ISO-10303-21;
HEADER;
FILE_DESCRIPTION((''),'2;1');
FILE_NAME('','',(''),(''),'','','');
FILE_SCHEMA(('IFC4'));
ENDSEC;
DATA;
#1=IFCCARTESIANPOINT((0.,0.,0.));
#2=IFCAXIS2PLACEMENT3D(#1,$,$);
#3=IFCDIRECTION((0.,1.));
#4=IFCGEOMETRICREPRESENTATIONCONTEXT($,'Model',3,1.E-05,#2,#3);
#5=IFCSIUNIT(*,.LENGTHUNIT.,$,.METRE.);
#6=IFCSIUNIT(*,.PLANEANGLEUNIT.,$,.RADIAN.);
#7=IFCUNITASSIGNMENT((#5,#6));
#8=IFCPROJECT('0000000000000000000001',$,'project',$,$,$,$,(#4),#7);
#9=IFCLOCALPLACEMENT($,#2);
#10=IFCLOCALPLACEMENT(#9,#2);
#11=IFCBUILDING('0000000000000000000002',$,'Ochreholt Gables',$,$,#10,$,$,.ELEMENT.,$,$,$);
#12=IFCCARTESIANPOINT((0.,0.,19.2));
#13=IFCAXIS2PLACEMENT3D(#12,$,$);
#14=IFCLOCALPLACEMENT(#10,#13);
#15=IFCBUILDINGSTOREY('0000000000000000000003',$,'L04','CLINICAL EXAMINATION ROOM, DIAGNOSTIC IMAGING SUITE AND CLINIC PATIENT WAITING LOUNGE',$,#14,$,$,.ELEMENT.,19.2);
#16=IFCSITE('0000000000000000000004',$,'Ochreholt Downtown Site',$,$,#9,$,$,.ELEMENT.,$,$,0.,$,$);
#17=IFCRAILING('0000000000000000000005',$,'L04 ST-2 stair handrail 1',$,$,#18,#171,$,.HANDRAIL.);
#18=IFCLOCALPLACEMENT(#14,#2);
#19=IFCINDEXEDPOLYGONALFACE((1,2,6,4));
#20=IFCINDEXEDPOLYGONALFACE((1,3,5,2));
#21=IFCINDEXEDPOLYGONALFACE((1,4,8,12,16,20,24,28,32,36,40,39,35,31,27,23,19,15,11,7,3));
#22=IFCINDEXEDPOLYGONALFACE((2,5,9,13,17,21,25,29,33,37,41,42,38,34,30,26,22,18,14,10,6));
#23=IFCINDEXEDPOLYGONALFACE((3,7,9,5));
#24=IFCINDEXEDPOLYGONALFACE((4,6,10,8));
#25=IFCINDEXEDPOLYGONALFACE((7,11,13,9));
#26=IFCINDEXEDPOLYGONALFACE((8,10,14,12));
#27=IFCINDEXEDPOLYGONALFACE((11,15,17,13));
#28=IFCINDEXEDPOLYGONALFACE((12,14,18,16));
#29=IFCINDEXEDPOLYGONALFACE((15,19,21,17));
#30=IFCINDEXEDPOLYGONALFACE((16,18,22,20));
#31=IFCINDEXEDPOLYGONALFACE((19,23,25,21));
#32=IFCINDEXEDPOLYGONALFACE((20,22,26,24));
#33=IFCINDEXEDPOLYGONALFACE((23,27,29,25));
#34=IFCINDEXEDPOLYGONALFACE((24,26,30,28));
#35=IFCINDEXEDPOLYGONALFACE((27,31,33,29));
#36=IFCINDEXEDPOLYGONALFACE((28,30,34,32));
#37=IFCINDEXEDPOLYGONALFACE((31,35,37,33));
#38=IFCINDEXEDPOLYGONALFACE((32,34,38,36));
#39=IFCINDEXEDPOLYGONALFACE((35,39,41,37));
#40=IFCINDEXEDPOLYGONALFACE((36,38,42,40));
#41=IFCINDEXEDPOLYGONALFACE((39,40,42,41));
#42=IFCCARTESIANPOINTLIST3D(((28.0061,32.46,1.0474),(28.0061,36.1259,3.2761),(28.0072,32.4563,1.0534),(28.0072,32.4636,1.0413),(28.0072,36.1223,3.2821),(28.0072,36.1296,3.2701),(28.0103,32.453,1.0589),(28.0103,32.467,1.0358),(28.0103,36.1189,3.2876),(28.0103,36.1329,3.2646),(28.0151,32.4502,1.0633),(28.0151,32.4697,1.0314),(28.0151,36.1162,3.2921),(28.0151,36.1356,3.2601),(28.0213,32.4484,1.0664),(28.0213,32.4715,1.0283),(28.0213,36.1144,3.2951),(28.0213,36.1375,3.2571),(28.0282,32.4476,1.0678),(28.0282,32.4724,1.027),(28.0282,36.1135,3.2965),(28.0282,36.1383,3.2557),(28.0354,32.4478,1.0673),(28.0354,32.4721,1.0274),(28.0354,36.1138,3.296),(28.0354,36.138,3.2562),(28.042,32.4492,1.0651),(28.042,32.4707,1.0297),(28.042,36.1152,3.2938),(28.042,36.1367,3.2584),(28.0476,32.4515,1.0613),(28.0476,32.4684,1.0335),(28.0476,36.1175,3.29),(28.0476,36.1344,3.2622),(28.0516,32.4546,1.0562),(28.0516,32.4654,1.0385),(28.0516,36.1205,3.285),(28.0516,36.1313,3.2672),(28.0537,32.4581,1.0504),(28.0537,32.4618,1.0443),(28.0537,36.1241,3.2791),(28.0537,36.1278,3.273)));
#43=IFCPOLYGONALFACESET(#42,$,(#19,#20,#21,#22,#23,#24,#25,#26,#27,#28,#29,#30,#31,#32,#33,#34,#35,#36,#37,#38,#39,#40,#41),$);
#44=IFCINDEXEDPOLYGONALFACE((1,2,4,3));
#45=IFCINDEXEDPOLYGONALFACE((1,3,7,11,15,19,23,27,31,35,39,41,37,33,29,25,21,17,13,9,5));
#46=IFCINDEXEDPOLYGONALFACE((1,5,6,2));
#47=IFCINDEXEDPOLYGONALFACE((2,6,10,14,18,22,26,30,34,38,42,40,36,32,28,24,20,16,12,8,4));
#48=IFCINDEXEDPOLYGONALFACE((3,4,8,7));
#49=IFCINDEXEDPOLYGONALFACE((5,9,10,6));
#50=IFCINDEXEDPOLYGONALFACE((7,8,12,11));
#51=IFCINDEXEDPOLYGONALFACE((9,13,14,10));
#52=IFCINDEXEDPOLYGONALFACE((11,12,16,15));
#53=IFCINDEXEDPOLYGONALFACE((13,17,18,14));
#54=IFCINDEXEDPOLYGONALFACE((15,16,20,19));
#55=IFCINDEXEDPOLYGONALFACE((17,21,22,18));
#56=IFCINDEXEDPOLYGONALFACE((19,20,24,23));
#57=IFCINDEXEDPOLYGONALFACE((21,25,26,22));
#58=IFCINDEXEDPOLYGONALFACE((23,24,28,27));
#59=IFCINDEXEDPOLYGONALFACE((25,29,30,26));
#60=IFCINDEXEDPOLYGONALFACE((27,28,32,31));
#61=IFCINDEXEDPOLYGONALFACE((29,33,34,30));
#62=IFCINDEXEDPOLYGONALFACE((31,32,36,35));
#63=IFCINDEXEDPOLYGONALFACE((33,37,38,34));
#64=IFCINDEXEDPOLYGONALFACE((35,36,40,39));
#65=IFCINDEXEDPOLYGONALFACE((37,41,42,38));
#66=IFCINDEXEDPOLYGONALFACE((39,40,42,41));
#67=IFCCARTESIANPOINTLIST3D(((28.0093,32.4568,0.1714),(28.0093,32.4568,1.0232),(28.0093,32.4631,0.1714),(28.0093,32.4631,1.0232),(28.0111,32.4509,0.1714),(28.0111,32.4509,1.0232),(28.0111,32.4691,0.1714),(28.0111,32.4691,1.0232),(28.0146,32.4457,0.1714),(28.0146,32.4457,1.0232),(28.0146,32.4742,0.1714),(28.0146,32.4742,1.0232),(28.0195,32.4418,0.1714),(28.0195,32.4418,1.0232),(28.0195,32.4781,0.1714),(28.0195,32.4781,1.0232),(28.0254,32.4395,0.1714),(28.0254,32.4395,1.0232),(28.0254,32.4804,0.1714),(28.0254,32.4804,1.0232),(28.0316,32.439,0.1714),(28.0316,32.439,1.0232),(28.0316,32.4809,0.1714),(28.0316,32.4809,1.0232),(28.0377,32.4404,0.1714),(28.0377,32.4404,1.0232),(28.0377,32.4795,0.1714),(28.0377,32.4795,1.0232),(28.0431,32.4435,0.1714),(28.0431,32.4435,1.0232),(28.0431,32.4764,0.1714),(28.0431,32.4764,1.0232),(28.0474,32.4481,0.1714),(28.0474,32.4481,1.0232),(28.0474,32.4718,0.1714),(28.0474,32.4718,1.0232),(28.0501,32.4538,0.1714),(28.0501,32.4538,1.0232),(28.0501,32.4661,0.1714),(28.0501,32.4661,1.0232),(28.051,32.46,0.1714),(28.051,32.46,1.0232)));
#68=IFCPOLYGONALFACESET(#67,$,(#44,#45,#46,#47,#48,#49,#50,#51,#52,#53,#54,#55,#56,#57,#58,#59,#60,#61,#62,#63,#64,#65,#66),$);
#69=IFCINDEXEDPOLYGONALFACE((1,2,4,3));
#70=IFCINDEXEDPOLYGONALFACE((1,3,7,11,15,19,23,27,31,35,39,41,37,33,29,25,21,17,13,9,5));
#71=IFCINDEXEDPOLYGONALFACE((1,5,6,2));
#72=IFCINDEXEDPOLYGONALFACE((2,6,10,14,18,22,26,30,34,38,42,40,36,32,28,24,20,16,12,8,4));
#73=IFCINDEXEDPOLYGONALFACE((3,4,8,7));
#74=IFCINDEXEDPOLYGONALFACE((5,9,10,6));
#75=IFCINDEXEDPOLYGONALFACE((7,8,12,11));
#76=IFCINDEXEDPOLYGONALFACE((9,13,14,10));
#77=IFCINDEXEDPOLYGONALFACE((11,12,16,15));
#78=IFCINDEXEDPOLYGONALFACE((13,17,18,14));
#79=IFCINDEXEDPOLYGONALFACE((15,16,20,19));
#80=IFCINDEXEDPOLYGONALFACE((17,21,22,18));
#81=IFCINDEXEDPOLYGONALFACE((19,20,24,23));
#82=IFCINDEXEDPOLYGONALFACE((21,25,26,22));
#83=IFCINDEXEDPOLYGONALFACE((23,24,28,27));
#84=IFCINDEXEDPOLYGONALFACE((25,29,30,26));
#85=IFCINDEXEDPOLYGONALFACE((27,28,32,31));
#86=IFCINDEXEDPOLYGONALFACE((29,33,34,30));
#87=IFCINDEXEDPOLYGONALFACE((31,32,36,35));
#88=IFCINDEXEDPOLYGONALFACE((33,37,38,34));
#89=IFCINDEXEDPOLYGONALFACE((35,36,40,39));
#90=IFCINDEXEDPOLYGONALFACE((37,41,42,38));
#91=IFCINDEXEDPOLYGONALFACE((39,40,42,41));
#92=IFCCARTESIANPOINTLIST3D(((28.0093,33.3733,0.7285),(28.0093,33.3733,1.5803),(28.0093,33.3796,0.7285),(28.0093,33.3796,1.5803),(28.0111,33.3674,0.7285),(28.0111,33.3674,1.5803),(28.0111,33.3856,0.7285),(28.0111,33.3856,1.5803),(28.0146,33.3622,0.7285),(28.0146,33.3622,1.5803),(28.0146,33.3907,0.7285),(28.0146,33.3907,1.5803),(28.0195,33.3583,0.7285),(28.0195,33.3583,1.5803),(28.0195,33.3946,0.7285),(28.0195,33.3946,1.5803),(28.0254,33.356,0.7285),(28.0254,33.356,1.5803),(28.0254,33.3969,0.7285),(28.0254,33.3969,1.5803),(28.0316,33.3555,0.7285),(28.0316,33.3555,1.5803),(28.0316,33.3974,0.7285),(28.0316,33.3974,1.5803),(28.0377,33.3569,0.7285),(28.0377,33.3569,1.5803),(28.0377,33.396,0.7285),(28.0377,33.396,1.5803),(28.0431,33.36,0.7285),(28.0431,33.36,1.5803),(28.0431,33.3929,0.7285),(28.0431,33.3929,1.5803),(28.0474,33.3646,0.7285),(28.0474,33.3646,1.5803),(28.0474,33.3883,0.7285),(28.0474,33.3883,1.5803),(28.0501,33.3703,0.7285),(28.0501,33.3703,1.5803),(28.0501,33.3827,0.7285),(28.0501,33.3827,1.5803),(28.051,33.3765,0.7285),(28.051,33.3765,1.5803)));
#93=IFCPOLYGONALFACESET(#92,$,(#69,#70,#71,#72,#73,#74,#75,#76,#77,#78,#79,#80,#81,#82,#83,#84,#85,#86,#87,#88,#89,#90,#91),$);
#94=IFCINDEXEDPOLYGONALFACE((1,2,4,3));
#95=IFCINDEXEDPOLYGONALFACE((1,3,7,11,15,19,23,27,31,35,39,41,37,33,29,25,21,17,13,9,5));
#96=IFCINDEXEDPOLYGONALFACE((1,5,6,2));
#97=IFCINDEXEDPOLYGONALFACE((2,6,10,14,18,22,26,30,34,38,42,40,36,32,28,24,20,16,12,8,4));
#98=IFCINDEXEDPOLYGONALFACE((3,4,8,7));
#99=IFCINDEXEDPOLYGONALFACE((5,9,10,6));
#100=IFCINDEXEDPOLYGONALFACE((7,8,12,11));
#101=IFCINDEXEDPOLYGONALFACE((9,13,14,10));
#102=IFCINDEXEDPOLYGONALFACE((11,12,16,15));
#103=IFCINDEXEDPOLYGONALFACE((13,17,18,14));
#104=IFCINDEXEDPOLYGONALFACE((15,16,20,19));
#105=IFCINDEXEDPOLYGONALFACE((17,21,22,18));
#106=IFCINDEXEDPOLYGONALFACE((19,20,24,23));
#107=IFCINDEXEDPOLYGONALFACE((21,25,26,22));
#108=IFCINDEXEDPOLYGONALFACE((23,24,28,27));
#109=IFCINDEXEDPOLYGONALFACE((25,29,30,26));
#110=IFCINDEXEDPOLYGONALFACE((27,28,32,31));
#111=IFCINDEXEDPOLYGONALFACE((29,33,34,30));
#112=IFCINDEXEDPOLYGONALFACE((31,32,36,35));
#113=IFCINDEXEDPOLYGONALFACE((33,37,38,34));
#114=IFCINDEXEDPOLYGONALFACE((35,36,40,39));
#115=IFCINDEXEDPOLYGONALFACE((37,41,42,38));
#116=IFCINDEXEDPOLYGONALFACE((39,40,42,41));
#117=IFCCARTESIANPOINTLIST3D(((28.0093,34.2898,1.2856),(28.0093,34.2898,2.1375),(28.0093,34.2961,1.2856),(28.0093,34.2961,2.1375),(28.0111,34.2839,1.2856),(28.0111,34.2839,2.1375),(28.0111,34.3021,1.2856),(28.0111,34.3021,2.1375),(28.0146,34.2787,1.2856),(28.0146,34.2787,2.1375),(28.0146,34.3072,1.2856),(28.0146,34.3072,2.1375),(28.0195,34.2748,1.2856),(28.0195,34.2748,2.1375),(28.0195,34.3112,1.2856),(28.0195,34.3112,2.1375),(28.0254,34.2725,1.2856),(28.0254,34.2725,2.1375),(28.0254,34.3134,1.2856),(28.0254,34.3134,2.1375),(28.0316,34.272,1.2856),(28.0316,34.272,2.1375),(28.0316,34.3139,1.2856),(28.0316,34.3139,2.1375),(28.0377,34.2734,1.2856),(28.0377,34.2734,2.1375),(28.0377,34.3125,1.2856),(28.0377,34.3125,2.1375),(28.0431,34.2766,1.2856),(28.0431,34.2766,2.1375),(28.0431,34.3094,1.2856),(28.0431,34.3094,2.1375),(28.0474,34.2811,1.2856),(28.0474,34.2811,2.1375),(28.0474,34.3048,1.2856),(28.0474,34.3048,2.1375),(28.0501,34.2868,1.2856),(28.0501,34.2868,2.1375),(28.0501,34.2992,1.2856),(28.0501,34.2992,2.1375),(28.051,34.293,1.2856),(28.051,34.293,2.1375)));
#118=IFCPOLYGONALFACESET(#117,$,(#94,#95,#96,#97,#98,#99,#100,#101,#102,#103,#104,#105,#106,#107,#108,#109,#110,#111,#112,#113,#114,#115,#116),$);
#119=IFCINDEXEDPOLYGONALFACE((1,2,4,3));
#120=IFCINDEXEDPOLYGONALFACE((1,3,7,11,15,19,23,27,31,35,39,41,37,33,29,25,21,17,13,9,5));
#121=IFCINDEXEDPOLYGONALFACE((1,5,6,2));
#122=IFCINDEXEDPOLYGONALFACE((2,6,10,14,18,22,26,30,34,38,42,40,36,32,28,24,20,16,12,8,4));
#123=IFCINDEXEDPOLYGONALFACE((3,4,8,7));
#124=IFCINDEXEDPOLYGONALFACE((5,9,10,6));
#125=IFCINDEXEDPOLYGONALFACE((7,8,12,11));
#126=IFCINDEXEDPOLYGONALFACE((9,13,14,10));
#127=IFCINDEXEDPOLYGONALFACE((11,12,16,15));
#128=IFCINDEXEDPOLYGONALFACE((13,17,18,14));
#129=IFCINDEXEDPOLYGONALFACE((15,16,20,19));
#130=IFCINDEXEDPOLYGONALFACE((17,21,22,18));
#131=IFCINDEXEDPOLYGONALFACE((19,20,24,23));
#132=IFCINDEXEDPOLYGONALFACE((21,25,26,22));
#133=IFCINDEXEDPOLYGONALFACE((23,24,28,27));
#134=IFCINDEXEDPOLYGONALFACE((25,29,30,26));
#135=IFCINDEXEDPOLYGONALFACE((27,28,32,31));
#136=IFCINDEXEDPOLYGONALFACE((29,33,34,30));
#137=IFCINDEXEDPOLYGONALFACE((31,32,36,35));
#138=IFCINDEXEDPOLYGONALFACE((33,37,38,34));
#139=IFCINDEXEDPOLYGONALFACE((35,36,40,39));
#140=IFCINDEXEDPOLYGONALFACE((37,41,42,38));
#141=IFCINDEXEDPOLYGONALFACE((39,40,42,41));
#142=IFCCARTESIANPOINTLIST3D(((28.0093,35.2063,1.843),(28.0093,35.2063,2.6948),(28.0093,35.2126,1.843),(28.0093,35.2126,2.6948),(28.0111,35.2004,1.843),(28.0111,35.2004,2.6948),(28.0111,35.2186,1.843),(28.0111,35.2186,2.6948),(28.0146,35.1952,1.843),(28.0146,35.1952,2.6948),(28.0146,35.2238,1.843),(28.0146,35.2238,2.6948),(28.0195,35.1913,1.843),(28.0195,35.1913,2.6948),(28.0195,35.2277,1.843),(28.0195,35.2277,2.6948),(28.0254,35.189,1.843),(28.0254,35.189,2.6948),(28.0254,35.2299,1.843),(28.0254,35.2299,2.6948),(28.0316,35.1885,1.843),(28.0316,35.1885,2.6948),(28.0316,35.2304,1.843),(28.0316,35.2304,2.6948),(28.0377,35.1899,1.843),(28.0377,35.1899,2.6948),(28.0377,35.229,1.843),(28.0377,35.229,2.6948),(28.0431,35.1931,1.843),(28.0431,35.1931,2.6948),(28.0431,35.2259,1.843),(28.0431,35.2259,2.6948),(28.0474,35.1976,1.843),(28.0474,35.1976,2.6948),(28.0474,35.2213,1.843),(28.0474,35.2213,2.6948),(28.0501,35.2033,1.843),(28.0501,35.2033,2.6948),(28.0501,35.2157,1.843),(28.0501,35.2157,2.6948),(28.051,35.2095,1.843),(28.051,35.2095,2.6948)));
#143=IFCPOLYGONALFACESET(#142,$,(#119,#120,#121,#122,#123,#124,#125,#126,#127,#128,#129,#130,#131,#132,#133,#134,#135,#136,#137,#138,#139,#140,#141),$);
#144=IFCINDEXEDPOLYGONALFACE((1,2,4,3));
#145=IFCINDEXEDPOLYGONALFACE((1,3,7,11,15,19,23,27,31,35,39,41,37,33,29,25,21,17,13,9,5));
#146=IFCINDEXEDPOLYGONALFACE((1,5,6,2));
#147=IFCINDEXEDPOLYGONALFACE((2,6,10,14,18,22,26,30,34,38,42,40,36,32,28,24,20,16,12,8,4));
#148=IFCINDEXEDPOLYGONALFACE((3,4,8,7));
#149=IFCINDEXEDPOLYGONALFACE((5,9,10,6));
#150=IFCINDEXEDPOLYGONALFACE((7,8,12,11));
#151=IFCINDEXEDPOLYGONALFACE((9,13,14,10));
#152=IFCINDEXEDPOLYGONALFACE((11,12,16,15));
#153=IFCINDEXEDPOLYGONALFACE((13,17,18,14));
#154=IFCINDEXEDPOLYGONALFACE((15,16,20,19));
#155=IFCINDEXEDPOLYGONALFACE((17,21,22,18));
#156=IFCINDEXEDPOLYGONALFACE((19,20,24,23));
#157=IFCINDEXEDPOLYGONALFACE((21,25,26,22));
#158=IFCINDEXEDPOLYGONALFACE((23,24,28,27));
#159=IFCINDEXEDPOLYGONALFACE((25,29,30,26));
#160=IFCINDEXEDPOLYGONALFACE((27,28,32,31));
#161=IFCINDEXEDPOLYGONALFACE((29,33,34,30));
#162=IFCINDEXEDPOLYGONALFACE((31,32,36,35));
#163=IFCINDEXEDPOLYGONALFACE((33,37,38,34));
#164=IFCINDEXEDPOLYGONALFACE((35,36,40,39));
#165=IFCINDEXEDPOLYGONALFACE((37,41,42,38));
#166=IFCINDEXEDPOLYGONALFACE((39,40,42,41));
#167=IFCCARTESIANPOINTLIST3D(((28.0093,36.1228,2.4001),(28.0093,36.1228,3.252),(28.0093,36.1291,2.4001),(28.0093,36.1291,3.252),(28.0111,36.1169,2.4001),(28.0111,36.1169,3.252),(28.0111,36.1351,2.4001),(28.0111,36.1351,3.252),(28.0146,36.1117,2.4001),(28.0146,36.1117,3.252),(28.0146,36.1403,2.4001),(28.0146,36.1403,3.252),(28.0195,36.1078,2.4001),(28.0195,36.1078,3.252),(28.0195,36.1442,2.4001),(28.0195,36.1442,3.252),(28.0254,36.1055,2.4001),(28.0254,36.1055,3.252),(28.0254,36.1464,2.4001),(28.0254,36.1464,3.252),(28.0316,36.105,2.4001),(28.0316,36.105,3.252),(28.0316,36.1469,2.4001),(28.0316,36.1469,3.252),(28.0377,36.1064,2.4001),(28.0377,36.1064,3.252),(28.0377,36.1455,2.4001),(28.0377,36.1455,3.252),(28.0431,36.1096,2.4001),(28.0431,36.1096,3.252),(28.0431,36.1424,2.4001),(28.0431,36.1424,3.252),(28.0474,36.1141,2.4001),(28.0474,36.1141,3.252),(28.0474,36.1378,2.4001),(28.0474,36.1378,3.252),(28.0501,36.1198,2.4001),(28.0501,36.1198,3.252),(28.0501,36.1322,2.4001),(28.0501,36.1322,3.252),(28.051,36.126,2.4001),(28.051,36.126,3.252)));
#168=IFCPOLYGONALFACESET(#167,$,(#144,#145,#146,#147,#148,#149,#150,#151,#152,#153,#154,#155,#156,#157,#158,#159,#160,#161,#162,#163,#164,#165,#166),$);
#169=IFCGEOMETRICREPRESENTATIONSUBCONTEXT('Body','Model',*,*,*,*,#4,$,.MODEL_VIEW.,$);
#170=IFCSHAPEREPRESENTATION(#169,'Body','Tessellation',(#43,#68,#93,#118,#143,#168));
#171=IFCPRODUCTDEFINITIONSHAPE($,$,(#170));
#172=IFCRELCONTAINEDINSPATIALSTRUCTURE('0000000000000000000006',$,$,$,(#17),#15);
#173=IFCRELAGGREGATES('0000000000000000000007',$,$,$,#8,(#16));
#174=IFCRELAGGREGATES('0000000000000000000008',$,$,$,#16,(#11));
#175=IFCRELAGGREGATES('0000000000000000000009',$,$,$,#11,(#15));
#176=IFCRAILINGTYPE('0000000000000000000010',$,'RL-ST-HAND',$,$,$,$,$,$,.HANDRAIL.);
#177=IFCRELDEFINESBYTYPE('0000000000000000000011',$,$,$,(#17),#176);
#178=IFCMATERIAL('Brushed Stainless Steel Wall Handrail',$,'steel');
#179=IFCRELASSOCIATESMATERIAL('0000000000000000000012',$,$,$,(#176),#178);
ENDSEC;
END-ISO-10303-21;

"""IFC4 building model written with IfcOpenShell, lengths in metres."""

from ifc_helpers import new_model, si_unit, direction, frame, origin, origin_2d, place, context, subcontext, project, spatial, circle, extrude, material, type_object, element, save


model = new_model("IFC4")

# Units and contexts
model_context = context("Model", 3, precision=1e-05, world=origin(), true_north=direction((0.0, 1.0)))
body_context = subcontext(model_context, "Body", "Model", "MODEL_VIEW")
ifc_project = project(units=[si_unit("LENGTHUNIT", "METRE"), si_unit("PLANEANGLEUNIT", "RADIAN")], contexts=[model_context])

# Site, building, storey
site_placement = place(None, origin())
site = spatial("IfcSite", under=ifc_project, at=site_placement, Name="Ochreholt Downtown Site", CompositionType="ELEMENT", RefElevation=0.0)
building_placement = place(site_placement, origin())
building = spatial("IfcBuilding", under=site, at=building_placement, Name="Ochreholt Gables", CompositionType="ELEMENT")
storey_placement = place(building_placement, frame((0.0, 0.0, 19.2)))
storey = spatial("IfcBuildingStorey", under=building, at=storey_placement, Name="L04", Description="CLINICAL EXAMINATION ROOM, DIAGNOSTIC IMAGING SUITE AND CLINIC PATIENT WAITING LOUNGE", CompositionType="ELEMENT", Elevation=19.2)

# Railing
ifc_material_1 = material(Name="Brushed Stainless Steel Wall Handrail", Category="steel")
railing_type_1 = type_object("IfcRailingType", Name="RL-ST-HAND", PredefinedType="HANDRAIL", material=ifc_material_1)
railing_1_placement = place(storey_placement, frame((28.03, 32.46, 0.1714)))
element("IfcRailing", 1, at=railing_1_placement, inside=storey, type_object=railing_type_1, Name="L04 ST-2 stair handrail 1", PredefinedType="HANDRAIL", context=body_context, shape_type="SweptSolid", body=[
    extrude(circle(Radius=0.0239, at=origin_2d()), frame((0.0, 0.0, 0.876), z_axis=(0.0, 0.854481, 0.519483), x_axis=(-1.0, 0.0, 0.0)), (0.0, 0.0, 1.0), 4.2903),
    extrude(circle(Radius=0.021, at=origin_2d()), origin(), (0.0, 0.0, 1.0), 0.8518),
    extrude(circle(Radius=0.021, at=origin_2d()), frame((0.0, 0.9165, 0.5571)), (0.0, 0.0, 1.0), 0.8518),
    extrude(circle(Radius=0.021, at=origin_2d()), frame((0.0, 1.833, 1.1143)), (0.0, 0.0, 1.0), 0.8518),
    extrude(circle(Radius=0.021, at=origin_2d()), frame((0.0, 2.7495, 1.6716)), (0.0, 0.0, 1.0), 0.8518),
    extrude(circle(Radius=0.021, at=origin_2d()), frame((0.0, 3.666, 2.2288)), (0.0, 0.0, 1.0), 0.8518),
])

save(model, "model.ifc")
